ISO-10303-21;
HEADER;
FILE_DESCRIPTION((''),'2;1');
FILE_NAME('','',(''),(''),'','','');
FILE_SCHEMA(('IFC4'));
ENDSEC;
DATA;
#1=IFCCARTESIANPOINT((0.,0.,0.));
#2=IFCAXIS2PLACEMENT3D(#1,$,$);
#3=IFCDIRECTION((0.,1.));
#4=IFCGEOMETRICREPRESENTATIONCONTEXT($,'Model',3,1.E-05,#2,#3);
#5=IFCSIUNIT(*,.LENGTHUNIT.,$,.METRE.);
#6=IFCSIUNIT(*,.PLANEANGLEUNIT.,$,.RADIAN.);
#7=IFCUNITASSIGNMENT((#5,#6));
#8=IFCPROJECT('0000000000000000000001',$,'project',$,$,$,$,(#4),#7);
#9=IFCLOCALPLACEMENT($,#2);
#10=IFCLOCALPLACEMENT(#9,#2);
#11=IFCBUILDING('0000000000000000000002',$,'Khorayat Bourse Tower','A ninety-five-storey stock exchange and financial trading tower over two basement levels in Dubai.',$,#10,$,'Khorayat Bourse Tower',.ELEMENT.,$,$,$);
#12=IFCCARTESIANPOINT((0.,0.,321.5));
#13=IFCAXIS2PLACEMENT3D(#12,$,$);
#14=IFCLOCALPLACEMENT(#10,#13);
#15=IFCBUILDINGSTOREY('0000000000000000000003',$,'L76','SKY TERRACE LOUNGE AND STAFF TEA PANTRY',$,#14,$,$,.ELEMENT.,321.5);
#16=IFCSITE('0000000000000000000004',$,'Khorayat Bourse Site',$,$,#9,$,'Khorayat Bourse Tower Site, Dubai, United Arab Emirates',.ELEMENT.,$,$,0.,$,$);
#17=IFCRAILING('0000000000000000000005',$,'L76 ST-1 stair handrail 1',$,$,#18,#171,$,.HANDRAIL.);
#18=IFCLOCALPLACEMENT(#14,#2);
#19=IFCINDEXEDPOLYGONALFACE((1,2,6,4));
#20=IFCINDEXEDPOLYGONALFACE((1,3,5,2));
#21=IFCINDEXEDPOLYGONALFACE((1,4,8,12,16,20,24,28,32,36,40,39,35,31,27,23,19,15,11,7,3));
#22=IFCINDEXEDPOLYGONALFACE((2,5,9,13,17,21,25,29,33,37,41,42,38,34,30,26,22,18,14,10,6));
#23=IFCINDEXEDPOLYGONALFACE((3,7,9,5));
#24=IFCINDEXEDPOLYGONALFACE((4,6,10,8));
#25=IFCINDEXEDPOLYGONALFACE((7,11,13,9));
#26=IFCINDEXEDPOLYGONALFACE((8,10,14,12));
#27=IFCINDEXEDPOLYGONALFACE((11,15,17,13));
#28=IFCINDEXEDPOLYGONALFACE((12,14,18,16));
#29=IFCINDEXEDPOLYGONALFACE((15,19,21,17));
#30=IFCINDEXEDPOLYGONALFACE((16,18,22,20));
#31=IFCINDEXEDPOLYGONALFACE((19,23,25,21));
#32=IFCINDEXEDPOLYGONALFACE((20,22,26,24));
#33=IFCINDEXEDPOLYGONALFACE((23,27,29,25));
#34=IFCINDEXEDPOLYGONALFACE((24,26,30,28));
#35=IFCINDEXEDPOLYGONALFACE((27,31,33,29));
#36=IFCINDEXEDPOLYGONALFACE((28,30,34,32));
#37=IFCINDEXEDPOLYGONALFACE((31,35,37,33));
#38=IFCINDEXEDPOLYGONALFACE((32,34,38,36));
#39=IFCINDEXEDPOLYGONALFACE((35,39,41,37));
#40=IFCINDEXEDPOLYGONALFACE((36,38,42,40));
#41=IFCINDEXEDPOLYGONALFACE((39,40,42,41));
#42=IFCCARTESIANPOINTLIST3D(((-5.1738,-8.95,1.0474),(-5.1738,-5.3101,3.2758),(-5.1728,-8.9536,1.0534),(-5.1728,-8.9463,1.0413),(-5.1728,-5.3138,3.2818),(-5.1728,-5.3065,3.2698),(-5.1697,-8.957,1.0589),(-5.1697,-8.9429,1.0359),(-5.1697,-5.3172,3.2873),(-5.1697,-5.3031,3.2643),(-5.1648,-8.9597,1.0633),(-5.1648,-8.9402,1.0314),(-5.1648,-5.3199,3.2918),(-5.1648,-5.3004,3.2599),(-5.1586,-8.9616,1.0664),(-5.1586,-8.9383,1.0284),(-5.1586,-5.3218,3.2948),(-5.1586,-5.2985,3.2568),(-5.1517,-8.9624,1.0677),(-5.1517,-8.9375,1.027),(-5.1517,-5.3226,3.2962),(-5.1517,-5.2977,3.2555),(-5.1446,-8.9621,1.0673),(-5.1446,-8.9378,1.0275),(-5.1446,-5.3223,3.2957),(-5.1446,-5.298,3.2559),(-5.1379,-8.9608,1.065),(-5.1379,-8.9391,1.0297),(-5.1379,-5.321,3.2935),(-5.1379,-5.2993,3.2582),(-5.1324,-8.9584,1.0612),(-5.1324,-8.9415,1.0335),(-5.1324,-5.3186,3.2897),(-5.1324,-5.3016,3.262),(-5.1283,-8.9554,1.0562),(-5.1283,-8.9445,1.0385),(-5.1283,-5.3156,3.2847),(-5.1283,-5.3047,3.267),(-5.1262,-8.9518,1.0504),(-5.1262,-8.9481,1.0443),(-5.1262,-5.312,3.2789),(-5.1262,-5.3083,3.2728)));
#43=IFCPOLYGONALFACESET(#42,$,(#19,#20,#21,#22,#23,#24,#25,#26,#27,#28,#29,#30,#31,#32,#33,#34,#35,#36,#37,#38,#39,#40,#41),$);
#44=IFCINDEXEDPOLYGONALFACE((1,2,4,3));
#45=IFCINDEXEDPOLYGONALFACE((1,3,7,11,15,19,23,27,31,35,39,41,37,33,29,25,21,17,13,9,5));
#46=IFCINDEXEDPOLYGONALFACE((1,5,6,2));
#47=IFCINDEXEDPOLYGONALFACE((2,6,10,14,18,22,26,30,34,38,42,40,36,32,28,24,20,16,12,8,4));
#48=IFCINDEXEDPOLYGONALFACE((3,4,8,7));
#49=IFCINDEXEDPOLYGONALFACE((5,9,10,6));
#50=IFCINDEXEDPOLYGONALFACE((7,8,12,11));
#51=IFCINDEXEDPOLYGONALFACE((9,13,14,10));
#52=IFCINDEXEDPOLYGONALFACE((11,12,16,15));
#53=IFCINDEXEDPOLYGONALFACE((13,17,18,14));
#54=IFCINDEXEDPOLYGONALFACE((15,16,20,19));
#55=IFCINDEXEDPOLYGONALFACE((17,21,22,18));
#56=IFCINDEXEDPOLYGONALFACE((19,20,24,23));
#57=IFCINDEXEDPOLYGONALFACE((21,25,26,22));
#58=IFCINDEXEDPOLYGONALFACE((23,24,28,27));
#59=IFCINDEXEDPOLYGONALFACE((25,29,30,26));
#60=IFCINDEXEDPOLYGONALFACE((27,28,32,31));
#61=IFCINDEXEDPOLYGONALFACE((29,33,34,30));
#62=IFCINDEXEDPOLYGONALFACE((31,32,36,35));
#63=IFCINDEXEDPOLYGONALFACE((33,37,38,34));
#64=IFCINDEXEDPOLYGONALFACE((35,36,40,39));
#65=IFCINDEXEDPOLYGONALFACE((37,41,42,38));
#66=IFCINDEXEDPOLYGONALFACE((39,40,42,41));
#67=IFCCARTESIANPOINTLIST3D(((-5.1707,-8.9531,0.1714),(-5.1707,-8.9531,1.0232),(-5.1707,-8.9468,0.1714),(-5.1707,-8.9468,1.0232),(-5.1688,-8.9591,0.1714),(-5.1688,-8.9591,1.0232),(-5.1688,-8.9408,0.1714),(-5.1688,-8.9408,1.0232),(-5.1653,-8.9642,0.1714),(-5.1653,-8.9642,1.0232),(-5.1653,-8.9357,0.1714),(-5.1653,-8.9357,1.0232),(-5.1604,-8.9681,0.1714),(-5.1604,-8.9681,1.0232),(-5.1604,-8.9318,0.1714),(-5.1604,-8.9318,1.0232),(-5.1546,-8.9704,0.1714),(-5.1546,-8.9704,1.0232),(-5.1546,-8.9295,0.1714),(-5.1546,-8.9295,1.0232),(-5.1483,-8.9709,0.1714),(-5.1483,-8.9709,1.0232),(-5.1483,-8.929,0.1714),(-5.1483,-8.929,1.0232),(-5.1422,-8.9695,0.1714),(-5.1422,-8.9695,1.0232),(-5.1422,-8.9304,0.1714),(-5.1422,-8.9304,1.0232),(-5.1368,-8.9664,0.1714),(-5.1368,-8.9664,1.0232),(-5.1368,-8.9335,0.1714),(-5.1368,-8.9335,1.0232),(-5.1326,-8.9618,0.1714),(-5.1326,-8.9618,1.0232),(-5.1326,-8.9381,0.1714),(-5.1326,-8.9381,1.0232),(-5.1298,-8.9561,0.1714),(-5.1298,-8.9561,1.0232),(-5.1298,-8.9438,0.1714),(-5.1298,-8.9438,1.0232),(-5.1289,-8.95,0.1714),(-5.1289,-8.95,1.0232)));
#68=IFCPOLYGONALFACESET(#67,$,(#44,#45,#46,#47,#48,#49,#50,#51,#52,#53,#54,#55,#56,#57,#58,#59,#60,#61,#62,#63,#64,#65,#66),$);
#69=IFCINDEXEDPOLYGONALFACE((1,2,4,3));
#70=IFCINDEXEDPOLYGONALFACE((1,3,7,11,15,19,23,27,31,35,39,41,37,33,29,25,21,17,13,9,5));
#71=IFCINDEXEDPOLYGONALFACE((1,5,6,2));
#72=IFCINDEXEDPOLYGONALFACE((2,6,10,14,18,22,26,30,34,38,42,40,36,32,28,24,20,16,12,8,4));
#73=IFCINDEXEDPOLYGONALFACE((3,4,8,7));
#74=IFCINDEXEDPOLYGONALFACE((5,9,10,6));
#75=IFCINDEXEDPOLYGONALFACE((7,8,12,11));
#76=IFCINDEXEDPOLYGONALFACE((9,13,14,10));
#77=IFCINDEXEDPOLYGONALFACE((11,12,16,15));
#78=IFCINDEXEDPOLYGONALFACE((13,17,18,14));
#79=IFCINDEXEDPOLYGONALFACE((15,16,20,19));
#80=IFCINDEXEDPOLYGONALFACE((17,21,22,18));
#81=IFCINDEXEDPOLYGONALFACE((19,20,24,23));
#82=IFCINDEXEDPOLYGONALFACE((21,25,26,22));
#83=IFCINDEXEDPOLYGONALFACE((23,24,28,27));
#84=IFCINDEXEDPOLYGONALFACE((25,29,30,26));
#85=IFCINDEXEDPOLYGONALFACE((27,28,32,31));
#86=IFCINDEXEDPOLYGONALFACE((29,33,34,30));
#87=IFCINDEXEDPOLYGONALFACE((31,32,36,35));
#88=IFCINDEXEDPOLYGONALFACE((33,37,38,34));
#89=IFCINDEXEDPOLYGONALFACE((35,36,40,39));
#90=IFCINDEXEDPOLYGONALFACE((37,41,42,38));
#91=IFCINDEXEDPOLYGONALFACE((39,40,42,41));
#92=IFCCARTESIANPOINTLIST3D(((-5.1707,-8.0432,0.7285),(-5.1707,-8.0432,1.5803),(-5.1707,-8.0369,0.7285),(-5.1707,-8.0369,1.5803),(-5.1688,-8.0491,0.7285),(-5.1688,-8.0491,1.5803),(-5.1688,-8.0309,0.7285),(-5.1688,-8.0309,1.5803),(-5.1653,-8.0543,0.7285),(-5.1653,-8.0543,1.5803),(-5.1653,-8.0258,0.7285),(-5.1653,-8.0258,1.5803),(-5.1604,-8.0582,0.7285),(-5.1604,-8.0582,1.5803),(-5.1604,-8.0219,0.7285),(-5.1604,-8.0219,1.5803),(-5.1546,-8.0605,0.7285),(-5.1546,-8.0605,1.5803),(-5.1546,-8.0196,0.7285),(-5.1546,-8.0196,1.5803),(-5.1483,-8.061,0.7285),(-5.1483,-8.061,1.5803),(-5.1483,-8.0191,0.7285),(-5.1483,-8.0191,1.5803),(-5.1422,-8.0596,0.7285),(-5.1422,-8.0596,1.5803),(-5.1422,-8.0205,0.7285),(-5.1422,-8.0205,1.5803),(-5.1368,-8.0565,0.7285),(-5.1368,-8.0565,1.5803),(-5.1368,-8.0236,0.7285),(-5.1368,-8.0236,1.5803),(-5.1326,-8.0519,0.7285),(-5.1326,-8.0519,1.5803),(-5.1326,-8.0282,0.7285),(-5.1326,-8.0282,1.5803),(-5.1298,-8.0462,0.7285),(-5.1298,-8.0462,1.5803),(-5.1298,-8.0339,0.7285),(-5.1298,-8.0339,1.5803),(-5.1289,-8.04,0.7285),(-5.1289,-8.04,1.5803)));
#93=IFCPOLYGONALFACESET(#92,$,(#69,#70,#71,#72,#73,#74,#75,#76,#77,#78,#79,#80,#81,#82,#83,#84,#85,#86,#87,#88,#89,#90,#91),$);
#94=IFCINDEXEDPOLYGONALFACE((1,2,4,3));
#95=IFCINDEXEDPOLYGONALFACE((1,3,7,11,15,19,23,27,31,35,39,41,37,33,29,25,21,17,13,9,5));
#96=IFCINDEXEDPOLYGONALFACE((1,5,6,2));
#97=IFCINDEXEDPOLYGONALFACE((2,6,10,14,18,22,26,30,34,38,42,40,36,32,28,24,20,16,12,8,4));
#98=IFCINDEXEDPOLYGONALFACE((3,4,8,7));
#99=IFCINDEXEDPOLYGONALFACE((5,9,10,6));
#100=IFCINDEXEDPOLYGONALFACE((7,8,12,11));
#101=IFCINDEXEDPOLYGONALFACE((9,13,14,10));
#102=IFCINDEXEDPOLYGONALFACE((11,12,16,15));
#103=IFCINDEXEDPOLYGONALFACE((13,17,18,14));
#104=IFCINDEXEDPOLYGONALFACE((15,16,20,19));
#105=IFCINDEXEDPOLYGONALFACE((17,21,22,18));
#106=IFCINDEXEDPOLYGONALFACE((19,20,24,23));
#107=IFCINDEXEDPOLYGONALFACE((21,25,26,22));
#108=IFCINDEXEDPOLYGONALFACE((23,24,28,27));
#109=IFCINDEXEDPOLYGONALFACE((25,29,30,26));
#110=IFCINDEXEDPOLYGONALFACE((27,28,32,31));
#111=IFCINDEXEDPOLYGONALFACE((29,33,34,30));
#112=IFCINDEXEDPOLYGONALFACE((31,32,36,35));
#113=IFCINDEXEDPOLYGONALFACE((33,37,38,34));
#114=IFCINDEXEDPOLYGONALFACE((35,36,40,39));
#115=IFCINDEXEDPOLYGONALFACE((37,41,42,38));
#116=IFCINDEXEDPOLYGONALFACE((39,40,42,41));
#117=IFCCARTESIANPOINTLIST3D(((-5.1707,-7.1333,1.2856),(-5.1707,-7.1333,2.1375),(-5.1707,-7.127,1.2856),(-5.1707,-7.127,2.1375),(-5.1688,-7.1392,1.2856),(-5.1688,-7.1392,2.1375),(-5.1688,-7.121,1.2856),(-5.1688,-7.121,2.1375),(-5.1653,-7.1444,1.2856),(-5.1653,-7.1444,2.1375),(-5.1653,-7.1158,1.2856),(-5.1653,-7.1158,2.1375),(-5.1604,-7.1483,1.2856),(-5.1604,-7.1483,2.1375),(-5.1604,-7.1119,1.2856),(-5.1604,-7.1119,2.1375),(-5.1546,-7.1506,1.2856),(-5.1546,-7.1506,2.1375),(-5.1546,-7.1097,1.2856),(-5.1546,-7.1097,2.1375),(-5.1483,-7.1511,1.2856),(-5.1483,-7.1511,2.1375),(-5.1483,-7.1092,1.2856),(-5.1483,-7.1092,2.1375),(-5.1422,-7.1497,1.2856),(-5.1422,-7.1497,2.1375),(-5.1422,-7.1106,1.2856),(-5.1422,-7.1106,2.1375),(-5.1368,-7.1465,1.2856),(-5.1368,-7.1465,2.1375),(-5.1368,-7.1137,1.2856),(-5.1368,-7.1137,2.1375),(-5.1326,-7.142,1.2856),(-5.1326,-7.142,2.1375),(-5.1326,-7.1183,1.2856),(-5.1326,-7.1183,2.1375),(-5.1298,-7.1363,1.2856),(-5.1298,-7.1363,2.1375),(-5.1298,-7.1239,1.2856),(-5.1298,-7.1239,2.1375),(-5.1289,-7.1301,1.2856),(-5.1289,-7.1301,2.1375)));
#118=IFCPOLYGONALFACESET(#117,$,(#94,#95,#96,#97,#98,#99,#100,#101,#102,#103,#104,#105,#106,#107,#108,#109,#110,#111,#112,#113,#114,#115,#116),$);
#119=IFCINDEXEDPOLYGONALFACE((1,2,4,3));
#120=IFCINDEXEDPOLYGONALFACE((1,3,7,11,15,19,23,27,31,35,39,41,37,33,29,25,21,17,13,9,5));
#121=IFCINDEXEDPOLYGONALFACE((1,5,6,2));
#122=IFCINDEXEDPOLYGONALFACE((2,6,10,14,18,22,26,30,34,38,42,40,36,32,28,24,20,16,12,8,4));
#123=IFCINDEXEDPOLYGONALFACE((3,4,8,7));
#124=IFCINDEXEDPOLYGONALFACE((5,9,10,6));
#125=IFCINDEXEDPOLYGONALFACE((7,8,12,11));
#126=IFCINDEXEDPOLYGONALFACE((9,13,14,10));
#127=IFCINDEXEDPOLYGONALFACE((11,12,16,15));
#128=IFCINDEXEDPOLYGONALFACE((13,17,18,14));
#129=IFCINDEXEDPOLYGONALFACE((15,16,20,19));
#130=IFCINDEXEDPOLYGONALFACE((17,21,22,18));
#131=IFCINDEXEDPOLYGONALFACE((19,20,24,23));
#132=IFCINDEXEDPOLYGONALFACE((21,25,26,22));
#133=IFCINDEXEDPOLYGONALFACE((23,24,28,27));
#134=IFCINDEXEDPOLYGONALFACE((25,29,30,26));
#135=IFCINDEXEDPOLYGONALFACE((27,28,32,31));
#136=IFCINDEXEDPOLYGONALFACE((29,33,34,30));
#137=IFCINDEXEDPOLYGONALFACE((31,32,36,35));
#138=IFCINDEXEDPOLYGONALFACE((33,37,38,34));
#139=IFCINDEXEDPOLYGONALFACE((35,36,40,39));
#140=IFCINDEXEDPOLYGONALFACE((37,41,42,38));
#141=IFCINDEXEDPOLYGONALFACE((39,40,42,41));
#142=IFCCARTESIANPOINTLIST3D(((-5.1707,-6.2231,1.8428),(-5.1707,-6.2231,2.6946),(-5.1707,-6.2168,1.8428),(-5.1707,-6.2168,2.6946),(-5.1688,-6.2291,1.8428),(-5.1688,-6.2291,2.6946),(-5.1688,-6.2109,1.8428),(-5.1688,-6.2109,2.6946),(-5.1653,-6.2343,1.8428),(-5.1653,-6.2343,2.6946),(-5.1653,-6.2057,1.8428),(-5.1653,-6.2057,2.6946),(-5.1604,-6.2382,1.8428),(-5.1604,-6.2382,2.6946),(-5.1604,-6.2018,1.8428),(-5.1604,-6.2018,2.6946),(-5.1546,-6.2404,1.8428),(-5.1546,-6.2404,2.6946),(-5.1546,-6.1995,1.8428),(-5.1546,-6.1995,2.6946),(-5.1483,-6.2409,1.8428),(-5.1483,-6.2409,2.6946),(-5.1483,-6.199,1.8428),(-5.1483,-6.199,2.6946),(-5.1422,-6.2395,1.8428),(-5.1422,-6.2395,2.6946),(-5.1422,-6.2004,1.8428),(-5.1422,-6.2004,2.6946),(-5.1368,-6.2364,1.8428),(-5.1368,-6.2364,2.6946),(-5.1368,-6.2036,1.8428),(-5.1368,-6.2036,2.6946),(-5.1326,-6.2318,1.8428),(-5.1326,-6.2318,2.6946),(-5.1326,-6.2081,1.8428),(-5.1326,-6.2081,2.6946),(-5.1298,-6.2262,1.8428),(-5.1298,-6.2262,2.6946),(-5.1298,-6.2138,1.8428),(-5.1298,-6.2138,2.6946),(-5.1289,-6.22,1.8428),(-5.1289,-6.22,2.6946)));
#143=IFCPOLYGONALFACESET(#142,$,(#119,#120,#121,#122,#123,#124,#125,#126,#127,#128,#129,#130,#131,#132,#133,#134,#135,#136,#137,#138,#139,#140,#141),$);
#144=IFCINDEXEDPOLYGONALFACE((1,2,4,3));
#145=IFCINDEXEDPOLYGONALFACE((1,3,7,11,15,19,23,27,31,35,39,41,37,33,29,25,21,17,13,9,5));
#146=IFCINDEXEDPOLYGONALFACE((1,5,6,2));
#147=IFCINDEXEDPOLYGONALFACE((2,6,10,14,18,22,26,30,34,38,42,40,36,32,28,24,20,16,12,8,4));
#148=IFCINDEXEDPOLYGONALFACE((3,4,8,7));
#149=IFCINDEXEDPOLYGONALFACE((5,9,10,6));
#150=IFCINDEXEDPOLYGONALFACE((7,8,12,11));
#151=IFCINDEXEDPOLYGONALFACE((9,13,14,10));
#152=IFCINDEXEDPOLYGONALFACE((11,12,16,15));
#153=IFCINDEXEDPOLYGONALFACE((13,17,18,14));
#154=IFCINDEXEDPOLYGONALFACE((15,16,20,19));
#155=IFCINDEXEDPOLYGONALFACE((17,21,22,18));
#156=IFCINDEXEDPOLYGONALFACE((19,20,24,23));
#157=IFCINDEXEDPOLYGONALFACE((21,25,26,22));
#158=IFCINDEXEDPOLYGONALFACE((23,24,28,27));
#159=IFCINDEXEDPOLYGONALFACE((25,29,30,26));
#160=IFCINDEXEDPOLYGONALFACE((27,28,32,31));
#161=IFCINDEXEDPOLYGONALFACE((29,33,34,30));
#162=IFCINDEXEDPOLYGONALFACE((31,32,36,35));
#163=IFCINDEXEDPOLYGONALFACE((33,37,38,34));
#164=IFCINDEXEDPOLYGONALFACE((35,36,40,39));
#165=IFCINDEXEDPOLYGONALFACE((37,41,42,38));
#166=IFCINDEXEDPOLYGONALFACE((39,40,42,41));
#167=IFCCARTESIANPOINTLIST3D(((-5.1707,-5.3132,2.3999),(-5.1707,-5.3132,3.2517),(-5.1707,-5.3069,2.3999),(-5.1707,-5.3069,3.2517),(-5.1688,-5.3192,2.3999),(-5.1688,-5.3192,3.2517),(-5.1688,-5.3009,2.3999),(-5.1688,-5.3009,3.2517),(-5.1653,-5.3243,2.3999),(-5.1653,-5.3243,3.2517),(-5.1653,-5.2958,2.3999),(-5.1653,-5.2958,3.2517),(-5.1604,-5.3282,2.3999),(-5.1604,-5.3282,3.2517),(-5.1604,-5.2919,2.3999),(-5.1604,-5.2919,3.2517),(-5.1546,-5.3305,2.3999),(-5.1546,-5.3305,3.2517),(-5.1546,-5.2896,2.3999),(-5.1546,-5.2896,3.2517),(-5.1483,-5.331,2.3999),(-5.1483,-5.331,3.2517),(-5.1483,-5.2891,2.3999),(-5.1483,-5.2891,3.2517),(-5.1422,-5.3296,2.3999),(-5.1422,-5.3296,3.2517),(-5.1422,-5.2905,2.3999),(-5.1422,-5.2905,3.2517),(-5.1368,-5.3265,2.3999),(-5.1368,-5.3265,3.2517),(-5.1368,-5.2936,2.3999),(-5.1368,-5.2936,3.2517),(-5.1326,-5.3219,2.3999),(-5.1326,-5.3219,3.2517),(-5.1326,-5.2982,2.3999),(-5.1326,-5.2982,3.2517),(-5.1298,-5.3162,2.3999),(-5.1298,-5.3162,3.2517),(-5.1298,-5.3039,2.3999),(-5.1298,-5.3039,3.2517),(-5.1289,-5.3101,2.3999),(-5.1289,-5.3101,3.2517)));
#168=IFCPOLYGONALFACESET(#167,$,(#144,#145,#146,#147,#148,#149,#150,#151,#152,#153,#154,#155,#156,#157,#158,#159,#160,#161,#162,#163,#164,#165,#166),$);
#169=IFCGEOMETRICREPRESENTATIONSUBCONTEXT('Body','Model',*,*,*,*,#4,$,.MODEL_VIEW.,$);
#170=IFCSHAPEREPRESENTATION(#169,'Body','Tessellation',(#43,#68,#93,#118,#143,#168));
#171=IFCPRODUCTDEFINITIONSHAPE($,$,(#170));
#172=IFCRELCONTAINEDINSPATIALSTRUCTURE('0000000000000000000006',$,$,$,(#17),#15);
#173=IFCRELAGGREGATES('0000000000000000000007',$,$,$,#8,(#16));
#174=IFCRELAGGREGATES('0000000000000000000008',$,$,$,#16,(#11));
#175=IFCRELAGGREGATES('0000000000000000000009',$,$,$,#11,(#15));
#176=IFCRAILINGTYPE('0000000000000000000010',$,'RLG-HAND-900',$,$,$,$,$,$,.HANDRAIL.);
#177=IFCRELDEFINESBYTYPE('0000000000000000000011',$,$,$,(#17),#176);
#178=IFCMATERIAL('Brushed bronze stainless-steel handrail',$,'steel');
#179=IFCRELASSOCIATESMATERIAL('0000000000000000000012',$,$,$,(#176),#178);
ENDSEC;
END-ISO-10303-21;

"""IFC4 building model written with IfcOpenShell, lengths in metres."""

from ifc_helpers import new_model, si_unit, direction, frame, origin, origin_2d, place, context, subcontext, project, spatial, circle, extrude, source, transform, mapped, material, type_object, element, save


model = new_model("IFC4")

# Units and contexts
model_context = context("Model", 3, precision=1e-05, world=origin(), true_north=direction((0.0, 1.0)))
body_context = subcontext(model_context, "Body", "Model", "MODEL_VIEW")
ifc_project = project(units=[si_unit("LENGTHUNIT", "METRE"), si_unit("PLANEANGLEUNIT", "RADIAN")], contexts=[model_context])

# Site, building, storey
site_placement = place(None, origin())
site = spatial("IfcSite", under=ifc_project, at=site_placement, Name="Khorayat Bourse Site", LongName="Khorayat Bourse Tower Site, Dubai, United Arab Emirates", CompositionType="ELEMENT", RefElevation=0.0)
building_placement = place(site_placement, origin())
building = spatial("IfcBuilding", under=site, at=building_placement, Name="Khorayat Bourse Tower", Description="A ninety-five-storey stock exchange and financial trading tower over two basement levels in Dubai.", LongName="Khorayat Bourse Tower", CompositionType="ELEMENT")
storey_placement = place(building_placement, frame((0.0, 0.0, 321.5)))
storey = spatial("IfcBuildingStorey", under=building, at=storey_placement, Name="L76", Description="SKY TERRACE LOUNGE AND STAFF TEA PANTRY", CompositionType="ELEMENT", Elevation=321.5)

# Railing
ifc_material_1 = material(Name="Brushed bronze stainless-steel handrail", Category="steel")
railing_type_1 = type_object("IfcRailingType", Name="RLG-HAND-900", PredefinedType="HANDRAIL", material=ifc_material_1)
shared_shape_1 = source(origin(), body_context, "Body", "SweptSolid", [
    extrude(circle(Radius=0.0239, at=origin_2d()), frame((0.0, 0.0, 0.876), z_axis=(0.0, 0.85285, 0.522156), x_axis=(-1.0, 0.0, 0.0)), (0.0, 0.0, 1.0), 4.2678),
    extrude(circle(Radius=0.021, at=origin_2d()), origin(), (0.0, 0.0, 1.0), 0.8518),
    extrude(circle(Radius=0.021, at=origin_2d()), frame((0.0, 0.9099, 0.5571)), (0.0, 0.0, 1.0), 0.8518),
    extrude(circle(Radius=0.021, at=origin_2d()), frame((0.0, 1.8198, 1.1143)), (0.0, 0.0, 1.0), 0.8518),
    extrude(circle(Radius=0.021, at=origin_2d()), frame((0.0, 2.73, 1.6714)), (0.0, 0.0, 1.0), 0.8518),
    extrude(circle(Radius=0.021, at=origin_2d()), frame((0.0, 3.6399, 2.2285)), (0.0, 0.0, 1.0), 0.8518),
])
railing_1_placement = place(storey_placement, frame((-5.1499, -8.95, 0.1714)))
element("IfcRailing", 1, at=railing_1_placement, inside=storey, type_object=railing_type_1, Name="L76 ST-1 stair handrail 1", PredefinedType="HANDRAIL", context=body_context, shape_type="MappedRepresentation", body=[
    mapped(shared_shape_1, transform((0.0, 0.0, 0.0), scale=1.0)),
])

save(model, "model.ifc")
